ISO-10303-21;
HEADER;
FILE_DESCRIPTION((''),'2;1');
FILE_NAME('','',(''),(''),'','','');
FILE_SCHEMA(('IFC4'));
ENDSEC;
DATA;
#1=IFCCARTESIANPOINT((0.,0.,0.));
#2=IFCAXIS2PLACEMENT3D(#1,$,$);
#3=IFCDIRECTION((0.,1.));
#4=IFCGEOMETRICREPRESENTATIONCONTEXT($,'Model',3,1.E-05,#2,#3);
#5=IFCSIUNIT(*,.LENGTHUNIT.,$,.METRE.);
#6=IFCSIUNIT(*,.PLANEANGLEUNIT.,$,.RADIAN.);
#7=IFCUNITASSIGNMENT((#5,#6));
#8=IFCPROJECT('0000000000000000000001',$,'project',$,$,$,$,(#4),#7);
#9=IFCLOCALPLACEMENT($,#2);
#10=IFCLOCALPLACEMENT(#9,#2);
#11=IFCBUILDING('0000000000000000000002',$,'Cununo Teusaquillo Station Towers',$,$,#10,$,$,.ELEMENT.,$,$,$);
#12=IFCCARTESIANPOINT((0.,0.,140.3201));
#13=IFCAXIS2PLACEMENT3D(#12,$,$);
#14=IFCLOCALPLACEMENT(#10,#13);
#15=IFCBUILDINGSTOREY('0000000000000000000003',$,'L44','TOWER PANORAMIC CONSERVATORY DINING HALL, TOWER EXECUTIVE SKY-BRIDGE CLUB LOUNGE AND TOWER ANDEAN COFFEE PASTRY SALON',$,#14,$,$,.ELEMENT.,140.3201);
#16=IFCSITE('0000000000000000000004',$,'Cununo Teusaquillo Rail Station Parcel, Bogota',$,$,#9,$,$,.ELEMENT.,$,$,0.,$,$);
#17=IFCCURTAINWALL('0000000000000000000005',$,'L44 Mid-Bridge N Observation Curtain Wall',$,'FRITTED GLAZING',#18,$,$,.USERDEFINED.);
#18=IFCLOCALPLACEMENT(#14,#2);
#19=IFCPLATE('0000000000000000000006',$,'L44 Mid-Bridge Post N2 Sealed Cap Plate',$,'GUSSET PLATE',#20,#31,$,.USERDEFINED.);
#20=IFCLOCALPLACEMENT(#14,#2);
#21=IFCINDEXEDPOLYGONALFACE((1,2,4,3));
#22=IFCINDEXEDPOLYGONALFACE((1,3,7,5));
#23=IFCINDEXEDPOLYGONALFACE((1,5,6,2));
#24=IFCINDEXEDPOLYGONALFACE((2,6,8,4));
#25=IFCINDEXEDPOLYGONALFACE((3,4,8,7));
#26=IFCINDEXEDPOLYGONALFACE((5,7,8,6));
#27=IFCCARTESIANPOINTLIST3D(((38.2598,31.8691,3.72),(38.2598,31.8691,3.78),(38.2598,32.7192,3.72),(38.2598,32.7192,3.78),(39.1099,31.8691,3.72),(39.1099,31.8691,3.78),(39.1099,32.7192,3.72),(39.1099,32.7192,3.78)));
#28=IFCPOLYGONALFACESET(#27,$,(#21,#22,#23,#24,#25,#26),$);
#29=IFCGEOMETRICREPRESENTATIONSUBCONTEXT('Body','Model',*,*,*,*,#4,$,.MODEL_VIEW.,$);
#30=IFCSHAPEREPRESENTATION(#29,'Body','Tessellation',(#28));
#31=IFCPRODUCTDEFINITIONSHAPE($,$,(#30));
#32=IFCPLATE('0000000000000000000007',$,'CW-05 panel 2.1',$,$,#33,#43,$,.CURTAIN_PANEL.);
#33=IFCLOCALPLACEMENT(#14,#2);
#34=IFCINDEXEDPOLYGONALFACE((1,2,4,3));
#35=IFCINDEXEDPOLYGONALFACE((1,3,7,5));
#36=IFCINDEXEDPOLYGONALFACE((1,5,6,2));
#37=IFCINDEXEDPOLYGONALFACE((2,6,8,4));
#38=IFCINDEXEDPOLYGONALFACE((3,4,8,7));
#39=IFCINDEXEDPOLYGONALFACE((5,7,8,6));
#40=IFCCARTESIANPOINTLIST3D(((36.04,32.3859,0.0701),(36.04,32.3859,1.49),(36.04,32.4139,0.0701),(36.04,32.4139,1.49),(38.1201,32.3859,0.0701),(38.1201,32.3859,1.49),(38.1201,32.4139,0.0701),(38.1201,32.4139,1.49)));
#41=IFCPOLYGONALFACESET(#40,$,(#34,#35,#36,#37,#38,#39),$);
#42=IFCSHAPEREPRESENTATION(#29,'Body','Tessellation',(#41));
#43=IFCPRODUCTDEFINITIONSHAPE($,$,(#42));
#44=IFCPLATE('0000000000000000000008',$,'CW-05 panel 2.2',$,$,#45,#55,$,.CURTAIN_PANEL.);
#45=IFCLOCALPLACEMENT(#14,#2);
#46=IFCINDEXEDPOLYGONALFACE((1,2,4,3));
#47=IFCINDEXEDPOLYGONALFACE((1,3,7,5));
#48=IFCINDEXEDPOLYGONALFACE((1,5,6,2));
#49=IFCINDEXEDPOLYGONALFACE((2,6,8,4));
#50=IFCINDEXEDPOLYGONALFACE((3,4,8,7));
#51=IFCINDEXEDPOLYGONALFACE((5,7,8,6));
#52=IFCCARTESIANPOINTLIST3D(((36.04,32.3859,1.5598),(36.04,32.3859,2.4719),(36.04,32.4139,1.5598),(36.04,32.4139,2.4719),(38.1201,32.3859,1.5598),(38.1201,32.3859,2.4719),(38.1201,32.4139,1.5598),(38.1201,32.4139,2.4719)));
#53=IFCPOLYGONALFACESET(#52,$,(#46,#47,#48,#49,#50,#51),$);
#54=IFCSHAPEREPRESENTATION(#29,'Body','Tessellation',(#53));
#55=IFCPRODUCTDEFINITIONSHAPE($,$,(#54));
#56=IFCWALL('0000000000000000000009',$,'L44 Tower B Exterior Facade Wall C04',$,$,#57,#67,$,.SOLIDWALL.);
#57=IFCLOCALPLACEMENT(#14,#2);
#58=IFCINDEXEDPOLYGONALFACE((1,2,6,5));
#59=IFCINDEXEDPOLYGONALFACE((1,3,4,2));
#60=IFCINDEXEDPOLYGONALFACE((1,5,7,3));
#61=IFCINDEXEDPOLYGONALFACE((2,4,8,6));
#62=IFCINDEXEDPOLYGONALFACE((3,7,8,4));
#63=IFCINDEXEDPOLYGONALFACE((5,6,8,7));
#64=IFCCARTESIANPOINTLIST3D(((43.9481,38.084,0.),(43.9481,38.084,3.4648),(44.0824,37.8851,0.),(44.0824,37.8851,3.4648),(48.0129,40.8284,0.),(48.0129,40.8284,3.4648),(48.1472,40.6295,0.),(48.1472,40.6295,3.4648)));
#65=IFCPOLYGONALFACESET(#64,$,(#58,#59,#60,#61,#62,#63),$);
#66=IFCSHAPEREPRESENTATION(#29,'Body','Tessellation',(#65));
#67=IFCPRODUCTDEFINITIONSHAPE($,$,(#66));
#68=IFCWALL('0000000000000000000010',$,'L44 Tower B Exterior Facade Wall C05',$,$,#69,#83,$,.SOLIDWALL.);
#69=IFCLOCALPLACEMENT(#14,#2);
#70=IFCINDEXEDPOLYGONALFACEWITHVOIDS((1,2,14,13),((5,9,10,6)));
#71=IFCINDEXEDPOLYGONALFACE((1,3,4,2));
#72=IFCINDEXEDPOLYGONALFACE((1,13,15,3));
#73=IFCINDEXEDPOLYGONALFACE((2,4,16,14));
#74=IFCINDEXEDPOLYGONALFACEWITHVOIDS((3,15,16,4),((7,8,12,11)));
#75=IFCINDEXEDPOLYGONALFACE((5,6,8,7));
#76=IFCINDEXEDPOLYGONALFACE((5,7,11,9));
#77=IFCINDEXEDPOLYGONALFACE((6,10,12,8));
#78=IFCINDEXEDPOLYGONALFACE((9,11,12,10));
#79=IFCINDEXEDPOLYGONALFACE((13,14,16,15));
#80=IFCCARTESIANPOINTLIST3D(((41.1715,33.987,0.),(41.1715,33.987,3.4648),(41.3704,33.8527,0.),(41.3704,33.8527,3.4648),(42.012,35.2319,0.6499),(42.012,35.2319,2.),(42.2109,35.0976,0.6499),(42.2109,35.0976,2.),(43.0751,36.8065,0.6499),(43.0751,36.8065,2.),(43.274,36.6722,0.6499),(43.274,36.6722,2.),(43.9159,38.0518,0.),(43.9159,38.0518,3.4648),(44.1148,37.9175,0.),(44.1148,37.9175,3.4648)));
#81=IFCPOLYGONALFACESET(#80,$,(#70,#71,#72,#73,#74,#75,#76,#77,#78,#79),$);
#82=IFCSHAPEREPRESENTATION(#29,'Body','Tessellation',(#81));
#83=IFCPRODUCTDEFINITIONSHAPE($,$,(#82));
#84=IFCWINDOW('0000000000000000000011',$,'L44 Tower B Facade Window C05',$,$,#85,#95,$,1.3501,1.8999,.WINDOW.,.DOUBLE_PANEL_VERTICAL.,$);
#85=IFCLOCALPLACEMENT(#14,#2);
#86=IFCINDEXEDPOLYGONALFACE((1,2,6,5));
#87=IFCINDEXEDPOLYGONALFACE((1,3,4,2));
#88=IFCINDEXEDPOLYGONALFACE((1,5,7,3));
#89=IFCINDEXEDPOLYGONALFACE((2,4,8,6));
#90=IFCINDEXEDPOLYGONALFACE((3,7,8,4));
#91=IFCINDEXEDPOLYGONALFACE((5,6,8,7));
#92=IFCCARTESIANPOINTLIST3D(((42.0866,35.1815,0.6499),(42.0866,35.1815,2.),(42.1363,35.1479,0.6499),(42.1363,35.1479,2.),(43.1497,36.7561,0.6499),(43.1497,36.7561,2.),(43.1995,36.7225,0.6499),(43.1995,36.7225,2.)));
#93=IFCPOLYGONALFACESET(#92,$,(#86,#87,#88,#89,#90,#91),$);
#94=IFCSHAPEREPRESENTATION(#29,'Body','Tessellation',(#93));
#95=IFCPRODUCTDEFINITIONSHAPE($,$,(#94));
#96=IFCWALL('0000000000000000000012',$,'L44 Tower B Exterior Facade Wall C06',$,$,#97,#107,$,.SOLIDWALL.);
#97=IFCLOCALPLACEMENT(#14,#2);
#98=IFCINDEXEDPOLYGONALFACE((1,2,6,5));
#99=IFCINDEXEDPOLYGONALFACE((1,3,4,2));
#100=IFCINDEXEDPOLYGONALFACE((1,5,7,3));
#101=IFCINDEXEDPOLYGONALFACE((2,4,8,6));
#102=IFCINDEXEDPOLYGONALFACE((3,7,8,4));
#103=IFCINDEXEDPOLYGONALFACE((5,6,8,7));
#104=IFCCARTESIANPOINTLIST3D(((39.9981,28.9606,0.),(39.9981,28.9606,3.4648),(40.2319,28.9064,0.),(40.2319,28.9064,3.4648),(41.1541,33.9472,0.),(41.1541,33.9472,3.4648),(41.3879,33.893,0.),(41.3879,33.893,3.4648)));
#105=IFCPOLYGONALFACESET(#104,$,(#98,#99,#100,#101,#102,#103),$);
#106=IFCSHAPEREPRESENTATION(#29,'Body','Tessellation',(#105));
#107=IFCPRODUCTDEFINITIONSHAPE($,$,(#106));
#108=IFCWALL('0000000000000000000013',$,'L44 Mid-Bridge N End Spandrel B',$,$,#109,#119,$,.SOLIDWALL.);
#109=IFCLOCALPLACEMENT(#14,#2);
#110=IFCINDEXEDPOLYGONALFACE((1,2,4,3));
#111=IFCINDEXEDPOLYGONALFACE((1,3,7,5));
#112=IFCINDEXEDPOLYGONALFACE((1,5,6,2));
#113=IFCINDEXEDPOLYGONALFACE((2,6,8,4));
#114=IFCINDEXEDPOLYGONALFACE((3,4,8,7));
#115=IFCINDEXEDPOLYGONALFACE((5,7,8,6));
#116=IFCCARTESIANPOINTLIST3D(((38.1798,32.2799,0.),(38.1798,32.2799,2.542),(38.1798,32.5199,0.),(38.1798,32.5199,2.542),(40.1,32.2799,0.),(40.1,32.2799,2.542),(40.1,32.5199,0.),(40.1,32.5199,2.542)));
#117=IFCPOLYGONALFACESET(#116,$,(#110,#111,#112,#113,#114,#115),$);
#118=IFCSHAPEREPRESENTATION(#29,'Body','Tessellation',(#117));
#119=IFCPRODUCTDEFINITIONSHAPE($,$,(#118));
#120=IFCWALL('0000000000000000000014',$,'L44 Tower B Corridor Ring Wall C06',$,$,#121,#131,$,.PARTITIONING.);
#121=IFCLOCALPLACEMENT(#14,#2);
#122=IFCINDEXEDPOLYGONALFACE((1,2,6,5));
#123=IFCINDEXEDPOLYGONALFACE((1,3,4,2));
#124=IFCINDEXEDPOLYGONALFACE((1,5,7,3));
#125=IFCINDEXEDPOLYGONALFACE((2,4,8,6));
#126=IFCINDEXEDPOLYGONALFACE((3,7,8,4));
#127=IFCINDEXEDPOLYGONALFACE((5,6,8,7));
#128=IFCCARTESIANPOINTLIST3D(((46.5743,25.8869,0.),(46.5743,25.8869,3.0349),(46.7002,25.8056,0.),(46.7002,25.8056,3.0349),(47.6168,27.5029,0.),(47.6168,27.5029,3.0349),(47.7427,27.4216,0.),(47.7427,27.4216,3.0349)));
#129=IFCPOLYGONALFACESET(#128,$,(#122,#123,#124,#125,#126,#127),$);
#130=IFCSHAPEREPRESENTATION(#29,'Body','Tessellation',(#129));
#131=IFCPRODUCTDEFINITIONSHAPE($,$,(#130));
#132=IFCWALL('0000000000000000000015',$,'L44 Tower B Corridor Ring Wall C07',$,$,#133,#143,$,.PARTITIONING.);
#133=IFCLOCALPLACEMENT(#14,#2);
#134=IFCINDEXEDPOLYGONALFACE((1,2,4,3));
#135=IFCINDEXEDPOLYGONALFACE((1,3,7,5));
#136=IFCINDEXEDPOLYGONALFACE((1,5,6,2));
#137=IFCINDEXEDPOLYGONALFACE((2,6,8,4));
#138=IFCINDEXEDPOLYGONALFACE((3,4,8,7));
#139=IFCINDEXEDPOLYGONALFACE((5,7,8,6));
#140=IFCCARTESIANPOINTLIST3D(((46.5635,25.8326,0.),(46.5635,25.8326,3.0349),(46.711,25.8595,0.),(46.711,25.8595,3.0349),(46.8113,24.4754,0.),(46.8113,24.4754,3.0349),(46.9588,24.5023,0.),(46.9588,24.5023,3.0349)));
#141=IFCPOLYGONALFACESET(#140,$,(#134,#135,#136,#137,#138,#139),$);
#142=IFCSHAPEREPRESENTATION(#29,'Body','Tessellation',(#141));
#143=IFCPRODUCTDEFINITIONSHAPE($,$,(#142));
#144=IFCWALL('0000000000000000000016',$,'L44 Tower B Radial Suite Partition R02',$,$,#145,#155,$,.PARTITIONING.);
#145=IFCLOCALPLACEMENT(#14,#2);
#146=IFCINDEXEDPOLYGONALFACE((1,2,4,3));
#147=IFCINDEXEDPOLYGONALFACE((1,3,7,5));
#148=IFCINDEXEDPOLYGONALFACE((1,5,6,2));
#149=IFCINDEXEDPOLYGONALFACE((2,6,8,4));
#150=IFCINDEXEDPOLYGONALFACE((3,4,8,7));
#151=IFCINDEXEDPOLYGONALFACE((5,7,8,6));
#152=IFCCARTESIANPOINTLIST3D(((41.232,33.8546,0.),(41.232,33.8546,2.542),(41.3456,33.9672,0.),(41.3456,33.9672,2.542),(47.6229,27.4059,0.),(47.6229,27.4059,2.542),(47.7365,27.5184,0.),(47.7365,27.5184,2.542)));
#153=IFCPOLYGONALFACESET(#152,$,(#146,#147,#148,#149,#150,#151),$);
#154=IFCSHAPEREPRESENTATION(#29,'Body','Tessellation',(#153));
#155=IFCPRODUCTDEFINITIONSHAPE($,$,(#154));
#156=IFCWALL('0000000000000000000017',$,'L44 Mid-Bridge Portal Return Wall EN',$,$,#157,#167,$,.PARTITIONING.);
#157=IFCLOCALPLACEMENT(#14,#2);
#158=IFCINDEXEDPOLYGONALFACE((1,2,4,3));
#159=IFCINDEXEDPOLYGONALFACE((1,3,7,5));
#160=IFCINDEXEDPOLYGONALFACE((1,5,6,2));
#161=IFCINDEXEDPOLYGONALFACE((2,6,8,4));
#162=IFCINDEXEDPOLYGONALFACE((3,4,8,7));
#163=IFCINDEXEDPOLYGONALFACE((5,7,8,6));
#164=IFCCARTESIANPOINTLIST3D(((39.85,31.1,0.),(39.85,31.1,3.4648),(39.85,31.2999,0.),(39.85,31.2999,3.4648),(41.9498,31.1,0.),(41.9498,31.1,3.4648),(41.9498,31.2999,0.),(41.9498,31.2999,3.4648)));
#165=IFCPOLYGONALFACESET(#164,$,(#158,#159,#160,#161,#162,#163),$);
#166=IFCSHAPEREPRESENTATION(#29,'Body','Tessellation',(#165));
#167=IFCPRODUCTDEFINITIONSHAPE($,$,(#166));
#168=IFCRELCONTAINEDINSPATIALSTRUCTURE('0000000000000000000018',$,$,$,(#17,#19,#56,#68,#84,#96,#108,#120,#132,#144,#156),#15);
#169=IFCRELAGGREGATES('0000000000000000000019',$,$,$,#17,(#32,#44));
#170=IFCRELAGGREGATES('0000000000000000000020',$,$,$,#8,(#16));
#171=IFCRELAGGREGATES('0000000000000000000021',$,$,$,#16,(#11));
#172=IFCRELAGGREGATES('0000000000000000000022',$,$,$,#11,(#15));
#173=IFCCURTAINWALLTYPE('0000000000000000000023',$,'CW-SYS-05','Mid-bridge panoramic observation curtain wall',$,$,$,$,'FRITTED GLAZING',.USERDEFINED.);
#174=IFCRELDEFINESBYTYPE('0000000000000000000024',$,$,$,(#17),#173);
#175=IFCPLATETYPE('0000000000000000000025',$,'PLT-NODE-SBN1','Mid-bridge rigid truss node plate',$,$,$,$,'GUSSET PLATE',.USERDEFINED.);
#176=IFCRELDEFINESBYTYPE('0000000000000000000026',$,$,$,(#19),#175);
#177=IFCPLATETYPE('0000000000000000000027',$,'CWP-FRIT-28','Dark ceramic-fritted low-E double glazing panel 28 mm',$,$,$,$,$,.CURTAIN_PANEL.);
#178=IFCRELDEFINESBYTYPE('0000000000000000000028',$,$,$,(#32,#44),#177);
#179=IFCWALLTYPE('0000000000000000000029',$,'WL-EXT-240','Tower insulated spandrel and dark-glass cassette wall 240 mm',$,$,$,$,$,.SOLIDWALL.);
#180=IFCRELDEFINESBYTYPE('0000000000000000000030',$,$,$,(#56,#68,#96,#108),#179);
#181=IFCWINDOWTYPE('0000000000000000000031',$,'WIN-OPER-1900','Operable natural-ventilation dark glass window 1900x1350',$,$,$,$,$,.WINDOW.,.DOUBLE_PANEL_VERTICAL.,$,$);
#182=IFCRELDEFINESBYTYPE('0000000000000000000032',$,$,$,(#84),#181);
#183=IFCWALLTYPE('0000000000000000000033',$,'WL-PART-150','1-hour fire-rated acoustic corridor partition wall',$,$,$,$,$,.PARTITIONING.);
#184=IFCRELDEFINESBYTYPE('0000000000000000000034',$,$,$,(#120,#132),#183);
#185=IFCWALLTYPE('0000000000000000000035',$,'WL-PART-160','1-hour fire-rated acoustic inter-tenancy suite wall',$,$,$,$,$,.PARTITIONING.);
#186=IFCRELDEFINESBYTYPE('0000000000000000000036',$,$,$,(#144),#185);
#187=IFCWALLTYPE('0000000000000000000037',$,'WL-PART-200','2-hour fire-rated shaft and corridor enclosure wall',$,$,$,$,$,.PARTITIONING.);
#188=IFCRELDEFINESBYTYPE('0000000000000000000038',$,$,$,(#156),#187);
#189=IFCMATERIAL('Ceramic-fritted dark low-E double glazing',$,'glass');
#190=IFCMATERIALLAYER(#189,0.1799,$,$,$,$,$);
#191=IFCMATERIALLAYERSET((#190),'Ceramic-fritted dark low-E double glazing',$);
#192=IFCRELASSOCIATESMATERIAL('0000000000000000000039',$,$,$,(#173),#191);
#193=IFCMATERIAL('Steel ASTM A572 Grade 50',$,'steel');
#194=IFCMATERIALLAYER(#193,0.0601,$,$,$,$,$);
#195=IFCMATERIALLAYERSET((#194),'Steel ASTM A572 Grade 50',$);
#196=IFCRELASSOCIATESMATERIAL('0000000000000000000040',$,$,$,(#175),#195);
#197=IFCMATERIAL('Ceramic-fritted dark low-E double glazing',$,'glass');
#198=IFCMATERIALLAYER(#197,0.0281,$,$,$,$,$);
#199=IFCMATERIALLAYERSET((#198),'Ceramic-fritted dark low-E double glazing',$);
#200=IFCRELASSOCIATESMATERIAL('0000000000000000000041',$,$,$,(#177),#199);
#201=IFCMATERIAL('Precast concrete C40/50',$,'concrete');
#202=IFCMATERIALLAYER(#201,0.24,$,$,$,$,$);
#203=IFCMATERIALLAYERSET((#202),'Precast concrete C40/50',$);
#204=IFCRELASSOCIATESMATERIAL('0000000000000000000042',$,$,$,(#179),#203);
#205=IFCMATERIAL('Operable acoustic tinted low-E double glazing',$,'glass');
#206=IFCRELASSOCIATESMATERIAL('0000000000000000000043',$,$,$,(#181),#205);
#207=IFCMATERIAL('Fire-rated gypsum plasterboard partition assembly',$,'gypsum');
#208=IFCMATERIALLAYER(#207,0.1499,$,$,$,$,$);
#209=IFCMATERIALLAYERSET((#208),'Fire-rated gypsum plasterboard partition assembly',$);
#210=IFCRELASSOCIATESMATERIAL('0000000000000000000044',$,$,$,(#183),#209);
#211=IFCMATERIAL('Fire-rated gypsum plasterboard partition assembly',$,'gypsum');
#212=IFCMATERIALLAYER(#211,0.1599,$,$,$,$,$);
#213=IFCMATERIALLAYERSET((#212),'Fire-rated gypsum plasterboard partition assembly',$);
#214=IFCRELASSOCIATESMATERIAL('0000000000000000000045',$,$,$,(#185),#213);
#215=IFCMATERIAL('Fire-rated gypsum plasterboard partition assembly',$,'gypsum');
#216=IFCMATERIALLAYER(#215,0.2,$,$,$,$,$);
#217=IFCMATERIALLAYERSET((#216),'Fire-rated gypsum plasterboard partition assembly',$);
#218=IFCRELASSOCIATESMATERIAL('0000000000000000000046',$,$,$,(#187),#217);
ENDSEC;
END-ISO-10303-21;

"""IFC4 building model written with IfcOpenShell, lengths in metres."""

from ifc_helpers import new_model, si_unit, direction, frame, frame_2d, origin, origin_2d, place, context, subcontext, project, spatial, rectangle, extrude, source, transform, mapped, material, layer, layer_set, type_object, element, fill, aggregate, save


model = new_model("IFC4")

# Units and contexts
model_context = context("Model", 3, precision=1e-05, world=origin(), true_north=direction((0.0, 1.0)))
body_context = subcontext(model_context, "Body", "Model", "MODEL_VIEW")
ifc_project = project(units=[si_unit("LENGTHUNIT", "METRE"), si_unit("PLANEANGLEUNIT", "RADIAN")], contexts=[model_context])

# Site, building, storey
site_placement = place(None, origin())
site = spatial("IfcSite", under=ifc_project, at=site_placement, Name="Cununo Teusaquillo Rail Station Parcel, Bogota", CompositionType="ELEMENT", RefElevation=0.0)
building_placement = place(site_placement, origin())
building = spatial("IfcBuilding", under=site, at=building_placement, Name="Cununo Teusaquillo Station Towers", CompositionType="ELEMENT")
storey_placement = place(building_placement, frame((0.0, 0.0, 140.3201)))
storey = spatial("IfcBuildingStorey", under=building, at=storey_placement, Name="L44", Description="TOWER PANORAMIC CONSERVATORY DINING HALL, TOWER EXECUTIVE SKY-BRIDGE CLUB LOUNGE AND TOWER ANDEAN COFFEE PASTRY SALON", CompositionType="ELEMENT", Elevation=140.3201)

# Curtain wall
ifc_material_1 = material(Name="Ceramic-fritted dark low-E double glazing", Category="glass")
ifc_layer_1 = layer(ifc_material_1, 0.1799)
ifc_layer_set_1 = layer_set([ifc_layer_1], Name="Ceramic-fritted dark low-E double glazing")
curtain_wall_type = type_object("IfcCurtainWallType", Name="CW-SYS-05", Description="Mid-bridge panoramic observation curtain wall", ElementType="FRITTED GLAZING", PredefinedType="USERDEFINED", material=ifc_layer_set_1)
curtain_wall_placement = place(storey_placement, origin())
curtain_wall = element("IfcCurtainWall", 1, at=curtain_wall_placement, inside=storey, type_object=curtain_wall_type, Name="L44 Mid-Bridge N Observation Curtain Wall", ObjectType="FRITTED GLAZING", PredefinedType="USERDEFINED")

# Plate
ifc_material_2 = material(Name="Steel ASTM A572 Grade 50", Category="steel")
ifc_layer_2 = layer(ifc_material_2, 0.0601)
ifc_layer_set_2 = layer_set([ifc_layer_2], Name="Steel ASTM A572 Grade 50")
plate_type_1 = type_object("IfcPlateType", Name="PLT-NODE-SBN1", Description="Mid-bridge rigid truss node plate", ElementType="GUSSET PLATE", PredefinedType="USERDEFINED", material=ifc_layer_set_2)
shared_shape_1 = source(origin(), body_context, "Body", "SweptSolid", [
    extrude(rectangle(XDim=0.8501, YDim=0.8501, at=origin_2d()), origin(), (0.0, 0.0, 1.0), 0.0601),
])
plate_1_placement = place(storey_placement, frame((38.6848, 32.2942, 3.72), z_axis=(0.0, 0.0, 1.0), x_axis=(1.0, 0.0, 0.0)))
element("IfcPlate", 2, at=plate_1_placement, inside=storey, type_object=plate_type_1, Name="L44 Mid-Bridge Post N2 Sealed Cap Plate", ObjectType="GUSSET PLATE", PredefinedType="USERDEFINED", context=body_context, shape_type="MappedRepresentation", body=[
    mapped(shared_shape_1, transform((0.0, 0.0, 0.0), x_axis=(1.0, 0.0, 0.0), y_axis=(0.0, 1.0, 0.0), z_axis=(0.0, 0.0, 1.0), scale=1.0)),
])

# Plates
ifc_material_3 = material(Name="Ceramic-fritted dark low-E double glazing", Category="glass")
ifc_layer_3 = layer(ifc_material_3, 0.0281)
ifc_layer_set_3 = layer_set([ifc_layer_3], Name="Ceramic-fritted dark low-E double glazing")
plate_type_2 = type_object("IfcPlateType", Name="CWP-FRIT-28", Description="Dark ceramic-fritted low-E double glazing panel 28 mm", PredefinedType="CURTAIN_PANEL", material=ifc_layer_set_3)
shared_shape_2 = source(origin(), body_context, "Body", "SweptSolid", [
    extrude(rectangle(XDim=2.0801, YDim=0.0281, at=origin_2d()), origin(), (0.0, 0.0, 1.0), 1.4199),
])
plate_2_placement = place(storey_placement, frame((37.0801, 32.3999, 0.0701), z_axis=(0.0, 0.0, 1.0), x_axis=(1.0, 0.0, 0.0)))
plate_2 = element("IfcPlate", 3, at=plate_2_placement, type_object=plate_type_2, Name="CW-05 panel 2.1", PredefinedType="CURTAIN_PANEL", context=body_context, shape_type="MappedRepresentation", body=[
    mapped(shared_shape_2, transform((0.0, 0.0, 0.0), x_axis=(1.0, 0.0, 0.0), y_axis=(0.0, 1.0, 0.0), z_axis=(0.0, 0.0, 1.0), scale=1.0)),
])
shared_shape_3 = source(origin(), body_context, "Body", "SweptSolid", [
    extrude(rectangle(XDim=2.0801, YDim=0.0281, at=origin_2d()), origin(), (0.0, 0.0, 1.0), 0.9121),
])
plate_3_placement = place(storey_placement, frame((37.0801, 32.3999, 1.5598), z_axis=(0.0, 0.0, 1.0), x_axis=(1.0, 0.0, 0.0)))
plate_3 = element("IfcPlate", 4, at=plate_3_placement, type_object=plate_type_2, Name="CW-05 panel 2.2", PredefinedType="CURTAIN_PANEL", context=body_context, shape_type="MappedRepresentation", body=[
    mapped(shared_shape_3, transform((0.0, 0.0, 0.0), x_axis=(1.0, 0.0, 0.0), y_axis=(0.0, 1.0, 0.0), z_axis=(0.0, 0.0, 1.0), scale=1.0)),
])
aggregate(curtain_wall, [plate_2, plate_3])

# Wall
ifc_material_4 = material(Name="Precast concrete C40/50", Category="concrete")
ifc_layer_4 = layer(ifc_material_4, 0.24)
ifc_layer_set_4 = layer_set([ifc_layer_4], Name="Precast concrete C40/50")
wall_type_1 = type_object("IfcWallType", Name="WL-EXT-240", Description="Tower insulated spandrel and dark-glass cassette wall 240 mm", PredefinedType="SOLIDWALL", material=ifc_layer_set_4)
wall_1_placement = place(storey_placement, frame((44.0154, 37.9846, 0.0), z_axis=(0.0, 0.0, 1.0), x_axis=(0.828781, 0.559573, 0.0)))
element("IfcWall", 5, at=wall_1_placement, inside=storey, type_object=wall_type_1, Name="L44 Tower B Exterior Facade Wall C04", PredefinedType="SOLIDWALL", context=body_context, shape_type="SweptSolid", body=[
    extrude(rectangle(XDim=4.9045, YDim=0.24, at=frame_2d((2.4521, 0.0))), origin(), (0.0, 0.0, 1.0), 3.4648),
])

# Wall, opening, window
wall_2_placement = place(storey_placement, frame((41.271, 33.9199, 0.0), z_axis=(0.0, 0.0, 1.0), x_axis=(0.559573, 0.828781, 0.0)))
wall_2 = element("IfcWall", 6, at=wall_2_placement, inside=storey, type_object=wall_type_1, Name="L44 Tower B Exterior Facade Wall C05", PredefinedType="SOLIDWALL", context=body_context, shape_type="SweptSolid", body=[
    extrude(rectangle(XDim=4.9045, YDim=0.24, at=frame_2d((2.4521, 0.0))), origin(), (0.0, 0.0, 1.0), 3.4648),
])
shared_shape_4 = source(origin(), body_context, "Body", "SweptSolid", [
    extrude(rectangle(XDim=1.8999, YDim=1.3501, at=frame_2d((0.95, 0.675))), frame((0.0, 0.1299, 0.0), z_axis=(0.0, -1.0, 0.0), x_axis=(1.0, 0.0, 0.0)), (0.0, 0.0, 1.0), 0.26),
])
opening_placement = place(wall_2_placement, frame((1.502, 0.0, 0.6499)))
opening = element("IfcOpeningElement", 7, at=opening_placement, cuts=wall_2, PredefinedType="OPENING", context=body_context, shape_type="MappedRepresentation", body=[
    mapped(shared_shape_4, transform((0.0, 0.0, 0.0), x_axis=(1.0, 0.0, 0.0), y_axis=(0.0, 1.0, 0.0), z_axis=(0.0, 0.0, 1.0), scale=1.0)),
])
ifc_material_5 = material(Name="Operable acoustic tinted low-E double glazing", Category="glass")
window_type = type_object("IfcWindowType", Name="WIN-OPER-1900", Description="Operable natural-ventilation dark glass window 1900x1350", PartitioningType="DOUBLE_PANEL_VERTICAL", PredefinedType="WINDOW", material=ifc_material_5)
shared_shape_5 = source(origin(), body_context, "Body", "SweptSolid", [
    extrude(rectangle(XDim=1.8999, YDim=1.3501, at=frame_2d((0.95, 0.675))), frame((0.0, 0.03, 0.0), z_axis=(0.0, -1.0, 0.0), x_axis=(1.0, 0.0, 0.0)), (0.0, 0.0, 1.0), 0.0601),
])
window_placement = place(opening_placement, origin())
window = element("IfcWindow", 8, at=window_placement, inside=storey, type_object=window_type, Name="L44 Tower B Facade Window C05", OverallHeight=1.3501, OverallWidth=1.8999, PartitioningType="DOUBLE_PANEL_VERTICAL", PredefinedType="WINDOW", context=body_context, shape_type="MappedRepresentation", body=[
    mapped(shared_shape_5, transform((0.0, 0.0, 0.0), x_axis=(1.0, 0.0, 0.0), y_axis=(0.0, 1.0, 0.0), z_axis=(0.0, 0.0, 1.0), scale=1.0)),
])
fill(opening, window)

# Walls
wall_3_placement = place(storey_placement, frame((40.115, 28.9333, 0.0), z_axis=(0.0, 0.0, 1.0), x_axis=(0.225835, 0.974166, 0.0)))
element("IfcWall", 9, at=wall_3_placement, inside=storey, type_object=wall_type_1, Name="L44 Tower B Exterior Facade Wall C06", PredefinedType="SOLIDWALL", context=body_context, shape_type="SweptSolid", body=[
    extrude(rectangle(XDim=5.1189, YDim=0.24, at=frame_2d((2.5596, 0.0))), origin(), (0.0, 0.0, 1.0), 3.4648),
])
wall_4_placement = place(storey_placement, frame((38.1799, 32.3999, 0.0), z_axis=(0.0, 0.0, 1.0), x_axis=(1.0, 0.0, 0.0)))
element("IfcWall", 10, at=wall_4_placement, inside=storey, type_object=wall_type_1, Name="L44 Mid-Bridge N End Spandrel B", PredefinedType="SOLIDWALL", context=body_context, shape_type="SweptSolid", body=[
    extrude(rectangle(XDim=1.9202, YDim=0.24, at=frame_2d((0.96, 0.0))), origin(), (0.0, 0.0, 1.0), 2.542),
])
ifc_material_6 = material(Name="Fire-rated gypsum plasterboard partition assembly", Category="gypsum")
ifc_layer_5 = layer(ifc_material_6, 0.1499)
ifc_layer_set_5 = layer_set([ifc_layer_5], Name="Fire-rated gypsum plasterboard partition assembly")
wall_type_2 = type_object("IfcWallType", Name="WL-PART-150", Description="1-hour fire-rated acoustic corridor partition wall", PredefinedType="PARTITIONING", material=ifc_layer_set_5)
wall_5_placement = place(storey_placement, frame((47.6797, 27.4622, 0.0), z_axis=(0.0, 0.0, 1.0), x_axis=(-0.542098, -0.840315, 0.0)))
element("IfcWall", 11, at=wall_5_placement, inside=storey, type_object=wall_type_2, Name="L44 Tower B Corridor Ring Wall C06", PredefinedType="PARTITIONING", context=body_context, shape_type="SweptSolid", body=[
    extrude(rectangle(XDim=1.9231, YDim=0.1499, at=frame_2d((0.9614, 0.0))), origin(), (0.0, 0.0, 1.0), 3.0349),
])
wall_6_placement = place(storey_placement, frame((46.6372, 25.8462, 0.0), z_axis=(0.0, 0.0, 1.0), x_axis=(0.179617, -0.983737, 0.0)))
element("IfcWall", 12, at=wall_6_placement, inside=storey, type_object=wall_type_2, Name="L44 Tower B Corridor Ring Wall C07", PredefinedType="PARTITIONING", context=body_context, shape_type="SweptSolid", body=[
    extrude(rectangle(XDim=1.3796, YDim=0.1499, at=frame_2d((0.6899, 0.0))), origin(), (0.0, 0.0, 1.0), 3.0349),
])
ifc_material_7 = material(Name="Fire-rated gypsum plasterboard partition assembly", Category="gypsum")
ifc_layer_6 = layer(ifc_material_7, 0.1599)
ifc_layer_set_6 = layer_set([ifc_layer_6], Name="Fire-rated gypsum plasterboard partition assembly")
wall_type_3 = type_object("IfcWallType", Name="WL-PART-160", Description="1-hour fire-rated acoustic inter-tenancy suite wall", PredefinedType="PARTITIONING", material=ifc_layer_set_6)
wall_7_placement = place(storey_placement, frame((47.6797, 27.4622, 0.0), z_axis=(0.0, 0.0, 1.0), x_axis=(-0.703913, 0.710286, 0.0)))
element("IfcWall", 13, at=wall_7_placement, inside=storey, type_object=wall_type_3, Name="L44 Tower B Radial Suite Partition R02", PredefinedType="PARTITIONING", context=body_context, shape_type="SweptSolid", body=[
    extrude(rectangle(XDim=9.0791, YDim=0.1599, at=frame_2d((4.5396, 0.0))), origin(), (0.0, 0.0, 1.0), 2.542),
])
ifc_material_8 = material(Name="Fire-rated gypsum plasterboard partition assembly", Category="gypsum")
ifc_layer_7 = layer(ifc_material_8, 0.2)
ifc_layer_set_7 = layer_set([ifc_layer_7], Name="Fire-rated gypsum plasterboard partition assembly")
wall_type_4 = type_object("IfcWallType", Name="WL-PART-200", Description="2-hour fire-rated shaft and corridor enclosure wall", PredefinedType="PARTITIONING", material=ifc_layer_set_7)
wall_8_placement = place(storey_placement, frame((39.8501, 31.2, 0.0), z_axis=(0.0, 0.0, 1.0), x_axis=(1.0, 0.0, 0.0)))
element("IfcWall", 14, at=wall_8_placement, inside=storey, type_object=wall_type_4, Name="L44 Mid-Bridge Portal Return Wall EN", PredefinedType="PARTITIONING", context=body_context, shape_type="SweptSolid", body=[
    extrude(rectangle(XDim=2.0999, YDim=0.2, at=frame_2d((1.0498, 0.0))), origin(), (0.0, 0.0, 1.0), 3.4648),
])

save(model, "model.ifc")
